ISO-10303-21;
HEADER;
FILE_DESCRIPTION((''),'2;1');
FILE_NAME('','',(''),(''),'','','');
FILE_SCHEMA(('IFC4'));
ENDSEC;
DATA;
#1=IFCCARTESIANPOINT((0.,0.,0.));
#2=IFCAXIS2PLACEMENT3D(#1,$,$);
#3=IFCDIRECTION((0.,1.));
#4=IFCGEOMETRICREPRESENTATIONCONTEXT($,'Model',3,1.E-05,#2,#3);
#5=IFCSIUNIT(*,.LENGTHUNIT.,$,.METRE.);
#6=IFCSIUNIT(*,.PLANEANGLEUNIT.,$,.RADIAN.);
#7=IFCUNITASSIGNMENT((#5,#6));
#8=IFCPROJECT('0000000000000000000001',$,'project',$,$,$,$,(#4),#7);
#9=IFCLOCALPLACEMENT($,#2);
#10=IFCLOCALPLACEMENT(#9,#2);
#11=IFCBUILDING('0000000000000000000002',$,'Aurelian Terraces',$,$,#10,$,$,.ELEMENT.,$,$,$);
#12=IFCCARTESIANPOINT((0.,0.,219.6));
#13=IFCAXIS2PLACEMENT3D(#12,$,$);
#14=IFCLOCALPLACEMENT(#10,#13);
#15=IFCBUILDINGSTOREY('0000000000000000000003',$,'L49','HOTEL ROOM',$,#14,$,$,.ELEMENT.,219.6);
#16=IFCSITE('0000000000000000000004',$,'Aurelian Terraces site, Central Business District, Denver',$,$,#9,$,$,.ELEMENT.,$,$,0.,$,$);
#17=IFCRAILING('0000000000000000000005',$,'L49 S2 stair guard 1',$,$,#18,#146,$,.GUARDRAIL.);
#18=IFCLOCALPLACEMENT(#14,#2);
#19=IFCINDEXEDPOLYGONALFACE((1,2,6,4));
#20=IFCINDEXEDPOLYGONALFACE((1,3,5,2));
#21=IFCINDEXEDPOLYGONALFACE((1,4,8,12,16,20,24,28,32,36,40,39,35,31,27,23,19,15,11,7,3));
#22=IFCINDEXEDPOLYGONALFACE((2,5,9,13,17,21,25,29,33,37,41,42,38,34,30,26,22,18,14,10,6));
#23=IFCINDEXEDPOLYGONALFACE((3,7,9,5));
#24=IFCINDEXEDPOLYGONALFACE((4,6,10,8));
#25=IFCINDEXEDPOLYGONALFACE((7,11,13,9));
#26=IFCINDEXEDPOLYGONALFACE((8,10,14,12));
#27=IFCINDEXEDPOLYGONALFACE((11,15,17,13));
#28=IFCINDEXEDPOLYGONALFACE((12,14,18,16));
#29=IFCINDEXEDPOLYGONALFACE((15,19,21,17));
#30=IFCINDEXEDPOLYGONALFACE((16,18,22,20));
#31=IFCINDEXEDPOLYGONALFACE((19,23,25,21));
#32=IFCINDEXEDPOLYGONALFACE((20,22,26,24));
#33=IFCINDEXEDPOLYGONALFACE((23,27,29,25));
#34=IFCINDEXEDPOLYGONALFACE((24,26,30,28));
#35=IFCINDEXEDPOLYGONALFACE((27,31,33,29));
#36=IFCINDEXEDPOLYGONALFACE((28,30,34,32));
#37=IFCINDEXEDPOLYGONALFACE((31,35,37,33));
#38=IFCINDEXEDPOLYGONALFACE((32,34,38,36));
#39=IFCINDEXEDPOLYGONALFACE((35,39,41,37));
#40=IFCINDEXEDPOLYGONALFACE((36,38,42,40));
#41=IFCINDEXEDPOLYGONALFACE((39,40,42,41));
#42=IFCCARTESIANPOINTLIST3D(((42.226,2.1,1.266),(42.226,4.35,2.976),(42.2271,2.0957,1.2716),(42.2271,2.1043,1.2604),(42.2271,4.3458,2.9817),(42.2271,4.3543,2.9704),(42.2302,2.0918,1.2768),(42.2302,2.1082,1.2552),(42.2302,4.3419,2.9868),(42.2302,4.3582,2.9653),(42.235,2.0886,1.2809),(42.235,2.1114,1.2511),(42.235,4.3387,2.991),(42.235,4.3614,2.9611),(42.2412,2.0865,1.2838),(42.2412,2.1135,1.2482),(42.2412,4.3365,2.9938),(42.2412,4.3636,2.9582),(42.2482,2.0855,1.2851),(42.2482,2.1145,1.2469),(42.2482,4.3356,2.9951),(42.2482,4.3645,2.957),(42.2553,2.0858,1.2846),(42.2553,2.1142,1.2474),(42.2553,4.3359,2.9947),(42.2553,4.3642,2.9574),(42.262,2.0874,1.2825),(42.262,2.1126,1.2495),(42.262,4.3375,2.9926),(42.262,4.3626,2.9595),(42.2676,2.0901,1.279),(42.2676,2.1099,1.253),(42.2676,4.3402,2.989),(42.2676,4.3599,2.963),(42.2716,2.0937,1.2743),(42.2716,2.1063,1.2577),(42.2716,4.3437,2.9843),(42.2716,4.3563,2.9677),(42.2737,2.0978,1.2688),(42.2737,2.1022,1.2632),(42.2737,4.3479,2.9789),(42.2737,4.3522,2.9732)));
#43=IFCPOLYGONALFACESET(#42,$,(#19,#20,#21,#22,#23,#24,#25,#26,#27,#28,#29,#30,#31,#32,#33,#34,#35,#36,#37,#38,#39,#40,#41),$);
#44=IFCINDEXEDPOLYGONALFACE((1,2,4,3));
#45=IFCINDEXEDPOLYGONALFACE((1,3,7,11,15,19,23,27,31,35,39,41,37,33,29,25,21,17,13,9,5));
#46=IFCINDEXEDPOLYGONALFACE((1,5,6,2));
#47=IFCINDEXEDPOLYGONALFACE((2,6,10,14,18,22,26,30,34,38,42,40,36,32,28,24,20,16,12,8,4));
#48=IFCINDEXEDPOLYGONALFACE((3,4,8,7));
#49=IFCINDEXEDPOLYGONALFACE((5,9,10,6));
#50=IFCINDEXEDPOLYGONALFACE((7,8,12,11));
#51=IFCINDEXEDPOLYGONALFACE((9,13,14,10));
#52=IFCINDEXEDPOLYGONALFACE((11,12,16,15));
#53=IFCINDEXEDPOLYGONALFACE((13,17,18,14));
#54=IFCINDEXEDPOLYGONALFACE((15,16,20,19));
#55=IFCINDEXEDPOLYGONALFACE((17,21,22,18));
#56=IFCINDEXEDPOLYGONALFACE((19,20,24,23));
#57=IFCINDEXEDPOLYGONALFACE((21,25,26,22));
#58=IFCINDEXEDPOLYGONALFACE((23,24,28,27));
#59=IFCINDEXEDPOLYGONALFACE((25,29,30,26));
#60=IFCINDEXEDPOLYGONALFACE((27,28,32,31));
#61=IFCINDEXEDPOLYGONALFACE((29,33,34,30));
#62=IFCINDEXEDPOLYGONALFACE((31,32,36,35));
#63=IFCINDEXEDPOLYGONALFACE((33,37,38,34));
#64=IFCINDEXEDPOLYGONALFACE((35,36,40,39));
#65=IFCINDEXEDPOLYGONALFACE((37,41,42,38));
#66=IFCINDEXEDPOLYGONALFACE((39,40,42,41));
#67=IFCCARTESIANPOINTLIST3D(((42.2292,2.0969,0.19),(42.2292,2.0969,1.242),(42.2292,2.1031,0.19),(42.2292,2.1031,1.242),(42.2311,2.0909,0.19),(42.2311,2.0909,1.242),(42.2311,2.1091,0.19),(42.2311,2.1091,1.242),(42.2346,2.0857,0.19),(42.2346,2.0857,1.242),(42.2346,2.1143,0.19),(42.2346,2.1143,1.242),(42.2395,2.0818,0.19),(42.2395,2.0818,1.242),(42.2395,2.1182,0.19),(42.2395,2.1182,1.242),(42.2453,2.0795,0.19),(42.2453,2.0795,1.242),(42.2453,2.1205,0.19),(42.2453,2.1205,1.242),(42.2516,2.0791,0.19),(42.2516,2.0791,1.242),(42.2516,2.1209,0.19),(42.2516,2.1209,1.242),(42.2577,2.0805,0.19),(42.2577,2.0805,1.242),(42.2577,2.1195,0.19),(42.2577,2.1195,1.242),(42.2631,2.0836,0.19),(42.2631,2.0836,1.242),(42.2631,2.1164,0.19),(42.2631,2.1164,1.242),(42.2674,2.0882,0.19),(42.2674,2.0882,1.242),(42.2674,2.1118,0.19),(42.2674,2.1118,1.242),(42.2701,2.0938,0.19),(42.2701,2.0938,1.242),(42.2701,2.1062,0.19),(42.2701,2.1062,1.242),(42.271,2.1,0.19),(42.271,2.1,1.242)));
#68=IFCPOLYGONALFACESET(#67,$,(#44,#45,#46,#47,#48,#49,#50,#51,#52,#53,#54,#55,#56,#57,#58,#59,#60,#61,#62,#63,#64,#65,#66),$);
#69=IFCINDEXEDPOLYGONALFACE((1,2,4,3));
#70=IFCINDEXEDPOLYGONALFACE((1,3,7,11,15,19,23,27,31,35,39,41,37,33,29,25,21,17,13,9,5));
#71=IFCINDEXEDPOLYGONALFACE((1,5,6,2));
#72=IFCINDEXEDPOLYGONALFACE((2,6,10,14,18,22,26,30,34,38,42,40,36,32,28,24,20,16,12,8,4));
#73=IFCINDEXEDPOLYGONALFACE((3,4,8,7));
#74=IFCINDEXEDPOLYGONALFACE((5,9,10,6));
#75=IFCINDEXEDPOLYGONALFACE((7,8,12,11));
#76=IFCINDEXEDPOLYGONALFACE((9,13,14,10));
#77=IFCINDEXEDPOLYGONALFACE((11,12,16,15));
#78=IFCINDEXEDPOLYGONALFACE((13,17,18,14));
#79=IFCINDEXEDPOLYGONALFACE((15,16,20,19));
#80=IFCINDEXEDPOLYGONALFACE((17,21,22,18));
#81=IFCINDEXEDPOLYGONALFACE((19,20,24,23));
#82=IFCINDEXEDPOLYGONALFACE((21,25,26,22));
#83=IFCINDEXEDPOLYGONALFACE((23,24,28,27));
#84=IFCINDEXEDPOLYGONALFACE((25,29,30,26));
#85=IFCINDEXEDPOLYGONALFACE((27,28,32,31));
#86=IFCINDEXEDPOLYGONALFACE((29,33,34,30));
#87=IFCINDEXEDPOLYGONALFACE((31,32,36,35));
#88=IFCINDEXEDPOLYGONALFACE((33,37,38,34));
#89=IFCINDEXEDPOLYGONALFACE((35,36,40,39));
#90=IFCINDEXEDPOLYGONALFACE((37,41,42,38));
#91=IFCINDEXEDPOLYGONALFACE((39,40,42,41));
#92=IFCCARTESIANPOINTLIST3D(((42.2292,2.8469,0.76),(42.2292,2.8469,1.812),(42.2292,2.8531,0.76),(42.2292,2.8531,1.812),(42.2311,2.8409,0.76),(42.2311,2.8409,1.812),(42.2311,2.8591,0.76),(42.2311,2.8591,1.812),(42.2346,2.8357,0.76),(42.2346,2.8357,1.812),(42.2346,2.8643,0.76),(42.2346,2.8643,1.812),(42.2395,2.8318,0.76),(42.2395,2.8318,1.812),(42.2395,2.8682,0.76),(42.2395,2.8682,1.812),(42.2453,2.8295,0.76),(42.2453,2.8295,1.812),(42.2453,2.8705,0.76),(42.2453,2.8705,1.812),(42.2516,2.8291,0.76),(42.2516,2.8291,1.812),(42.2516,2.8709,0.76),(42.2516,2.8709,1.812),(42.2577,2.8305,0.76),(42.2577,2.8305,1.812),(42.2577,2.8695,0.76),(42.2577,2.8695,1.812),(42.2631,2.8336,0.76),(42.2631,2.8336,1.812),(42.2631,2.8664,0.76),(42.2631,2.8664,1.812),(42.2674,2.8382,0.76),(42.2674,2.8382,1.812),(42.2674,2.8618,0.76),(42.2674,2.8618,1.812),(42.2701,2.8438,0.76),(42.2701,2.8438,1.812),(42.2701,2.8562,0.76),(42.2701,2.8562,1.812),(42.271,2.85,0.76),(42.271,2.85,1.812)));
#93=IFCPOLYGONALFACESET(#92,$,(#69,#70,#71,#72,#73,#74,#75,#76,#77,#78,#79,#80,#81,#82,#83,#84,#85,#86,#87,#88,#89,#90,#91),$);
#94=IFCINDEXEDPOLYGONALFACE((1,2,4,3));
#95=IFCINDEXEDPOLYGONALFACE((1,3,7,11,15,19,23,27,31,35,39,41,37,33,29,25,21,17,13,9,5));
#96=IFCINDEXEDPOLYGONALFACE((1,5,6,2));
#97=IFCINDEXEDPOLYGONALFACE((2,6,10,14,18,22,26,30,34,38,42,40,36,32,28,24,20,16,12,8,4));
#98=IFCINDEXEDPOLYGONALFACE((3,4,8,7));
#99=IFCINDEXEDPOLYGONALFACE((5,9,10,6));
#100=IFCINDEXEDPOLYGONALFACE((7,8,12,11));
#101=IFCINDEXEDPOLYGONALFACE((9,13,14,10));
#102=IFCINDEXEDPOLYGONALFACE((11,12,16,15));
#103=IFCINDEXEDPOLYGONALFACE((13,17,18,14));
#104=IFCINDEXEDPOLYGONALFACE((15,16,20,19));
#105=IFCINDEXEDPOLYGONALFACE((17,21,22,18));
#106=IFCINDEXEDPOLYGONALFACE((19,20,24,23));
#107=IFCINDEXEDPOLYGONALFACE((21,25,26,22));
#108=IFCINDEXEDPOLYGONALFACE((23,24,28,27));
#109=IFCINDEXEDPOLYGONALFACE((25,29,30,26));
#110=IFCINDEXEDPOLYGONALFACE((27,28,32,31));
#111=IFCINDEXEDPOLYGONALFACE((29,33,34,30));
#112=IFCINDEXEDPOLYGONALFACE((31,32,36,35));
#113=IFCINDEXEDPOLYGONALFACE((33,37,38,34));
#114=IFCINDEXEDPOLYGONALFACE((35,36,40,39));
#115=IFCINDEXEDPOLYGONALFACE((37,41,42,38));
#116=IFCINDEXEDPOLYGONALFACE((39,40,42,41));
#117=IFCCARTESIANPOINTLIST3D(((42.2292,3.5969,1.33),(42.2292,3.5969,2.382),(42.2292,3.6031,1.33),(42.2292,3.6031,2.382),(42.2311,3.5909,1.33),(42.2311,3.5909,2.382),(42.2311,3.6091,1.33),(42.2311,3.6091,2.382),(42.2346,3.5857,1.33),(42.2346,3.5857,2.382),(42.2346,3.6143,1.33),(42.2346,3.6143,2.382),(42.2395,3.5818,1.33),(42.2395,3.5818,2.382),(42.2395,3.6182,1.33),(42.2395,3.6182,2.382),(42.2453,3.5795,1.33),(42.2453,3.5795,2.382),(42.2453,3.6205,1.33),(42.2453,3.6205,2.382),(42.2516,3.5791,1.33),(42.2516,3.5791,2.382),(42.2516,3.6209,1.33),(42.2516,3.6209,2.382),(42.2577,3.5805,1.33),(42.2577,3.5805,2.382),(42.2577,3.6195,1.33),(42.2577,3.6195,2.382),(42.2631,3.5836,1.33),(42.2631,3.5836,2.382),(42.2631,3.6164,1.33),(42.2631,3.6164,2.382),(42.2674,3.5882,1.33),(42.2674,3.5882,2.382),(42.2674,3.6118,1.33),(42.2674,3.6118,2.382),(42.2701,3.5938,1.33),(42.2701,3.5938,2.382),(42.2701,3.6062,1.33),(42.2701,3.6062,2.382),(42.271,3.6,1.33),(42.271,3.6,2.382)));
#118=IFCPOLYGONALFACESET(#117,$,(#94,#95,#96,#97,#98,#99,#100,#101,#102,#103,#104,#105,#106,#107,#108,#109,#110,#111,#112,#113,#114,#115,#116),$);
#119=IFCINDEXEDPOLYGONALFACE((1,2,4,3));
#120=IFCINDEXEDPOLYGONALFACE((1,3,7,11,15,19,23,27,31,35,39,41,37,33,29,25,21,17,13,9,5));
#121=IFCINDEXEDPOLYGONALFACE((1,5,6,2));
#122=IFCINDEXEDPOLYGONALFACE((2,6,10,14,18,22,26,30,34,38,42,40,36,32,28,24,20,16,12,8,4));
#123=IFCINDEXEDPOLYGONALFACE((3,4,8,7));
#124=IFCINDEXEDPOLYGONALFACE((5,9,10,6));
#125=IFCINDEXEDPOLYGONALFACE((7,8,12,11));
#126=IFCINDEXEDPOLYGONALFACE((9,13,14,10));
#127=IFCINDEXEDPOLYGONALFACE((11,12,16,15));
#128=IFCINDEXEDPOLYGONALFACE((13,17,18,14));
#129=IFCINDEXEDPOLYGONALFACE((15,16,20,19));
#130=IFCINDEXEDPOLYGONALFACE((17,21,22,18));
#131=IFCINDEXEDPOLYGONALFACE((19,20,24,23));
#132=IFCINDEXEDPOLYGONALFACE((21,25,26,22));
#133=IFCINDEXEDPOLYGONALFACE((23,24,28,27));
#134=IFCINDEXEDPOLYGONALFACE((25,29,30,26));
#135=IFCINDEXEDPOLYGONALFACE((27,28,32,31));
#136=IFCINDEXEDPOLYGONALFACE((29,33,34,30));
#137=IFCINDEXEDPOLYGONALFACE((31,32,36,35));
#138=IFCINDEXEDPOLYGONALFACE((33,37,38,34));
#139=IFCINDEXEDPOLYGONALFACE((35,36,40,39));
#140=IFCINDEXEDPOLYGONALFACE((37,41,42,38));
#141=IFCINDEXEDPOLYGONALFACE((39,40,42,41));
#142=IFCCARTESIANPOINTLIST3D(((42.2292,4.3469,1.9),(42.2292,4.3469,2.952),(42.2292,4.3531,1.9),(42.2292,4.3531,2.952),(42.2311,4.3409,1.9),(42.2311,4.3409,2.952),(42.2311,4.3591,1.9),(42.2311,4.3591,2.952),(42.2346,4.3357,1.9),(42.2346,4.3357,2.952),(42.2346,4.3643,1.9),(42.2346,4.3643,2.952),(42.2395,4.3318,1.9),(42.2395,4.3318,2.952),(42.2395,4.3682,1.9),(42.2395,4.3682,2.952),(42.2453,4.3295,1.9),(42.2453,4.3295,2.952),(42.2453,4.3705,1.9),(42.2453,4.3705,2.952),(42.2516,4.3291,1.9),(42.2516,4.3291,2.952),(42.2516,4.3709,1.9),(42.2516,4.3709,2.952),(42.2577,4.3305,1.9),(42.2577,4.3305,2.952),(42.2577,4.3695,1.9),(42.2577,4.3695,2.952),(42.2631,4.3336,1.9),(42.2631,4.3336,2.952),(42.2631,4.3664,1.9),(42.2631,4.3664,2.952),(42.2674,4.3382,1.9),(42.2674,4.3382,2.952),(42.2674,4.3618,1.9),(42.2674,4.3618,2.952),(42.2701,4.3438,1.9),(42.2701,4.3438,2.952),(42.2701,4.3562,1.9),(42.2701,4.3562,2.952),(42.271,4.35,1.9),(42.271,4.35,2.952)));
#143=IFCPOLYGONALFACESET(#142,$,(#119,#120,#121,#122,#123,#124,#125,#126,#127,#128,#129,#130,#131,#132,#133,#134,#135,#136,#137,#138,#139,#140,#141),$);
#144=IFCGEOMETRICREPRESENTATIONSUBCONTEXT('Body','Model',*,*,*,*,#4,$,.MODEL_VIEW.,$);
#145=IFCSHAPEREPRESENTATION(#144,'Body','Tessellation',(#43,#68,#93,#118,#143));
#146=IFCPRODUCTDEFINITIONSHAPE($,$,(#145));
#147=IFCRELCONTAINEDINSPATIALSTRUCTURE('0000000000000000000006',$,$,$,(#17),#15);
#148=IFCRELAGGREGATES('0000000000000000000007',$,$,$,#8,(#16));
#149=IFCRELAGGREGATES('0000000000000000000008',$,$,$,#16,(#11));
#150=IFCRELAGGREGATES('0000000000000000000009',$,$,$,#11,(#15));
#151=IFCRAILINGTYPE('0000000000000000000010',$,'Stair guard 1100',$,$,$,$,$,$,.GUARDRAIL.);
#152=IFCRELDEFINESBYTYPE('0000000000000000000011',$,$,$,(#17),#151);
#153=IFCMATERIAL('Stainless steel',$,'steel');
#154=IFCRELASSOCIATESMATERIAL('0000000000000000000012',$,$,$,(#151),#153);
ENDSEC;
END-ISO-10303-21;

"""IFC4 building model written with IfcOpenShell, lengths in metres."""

from ifc_helpers import new_model, si_unit, direction, frame, origin, origin_2d, place, context, subcontext, project, spatial, circle, extrude, source, transform, mapped, material, type_object, element, save


model = new_model("IFC4")

# Units and contexts
model_context = context("Model", 3, precision=1e-05, world=origin(), true_north=direction((0.0, 1.0)))
body_context = subcontext(model_context, "Body", "Model", "MODEL_VIEW")
ifc_project = project(units=[si_unit("LENGTHUNIT", "METRE"), si_unit("PLANEANGLEUNIT", "RADIAN")], contexts=[model_context])

# Site, building, storey
site_placement = place(None, origin())
site = spatial("IfcSite", under=ifc_project, at=site_placement, Name="Aurelian Terraces site, Central Business District, Denver", CompositionType="ELEMENT", RefElevation=0.0)
building_placement = place(site_placement, origin())
building = spatial("IfcBuilding", under=site, at=building_placement, Name="Aurelian Terraces", CompositionType="ELEMENT")
storey_placement = place(building_placement, frame((0.0, 0.0, 219.6)))
storey = spatial("IfcBuildingStorey", under=building, at=storey_placement, Name="L49", Description="HOTEL ROOM", CompositionType="ELEMENT", Elevation=219.6)

# Railing
ifc_material_1 = material(Name="Stainless steel", Category="steel")
railing_type_1 = type_object("IfcRailingType", Name="Stair guard 1100", PredefinedType="GUARDRAIL", material=ifc_material_1)
shared_shape_1 = source(origin(), body_context, "Body", "SweptSolid", [
    extrude(circle(Radius=0.024, at=origin_2d()), frame((0.0, 0.0, 1.076), z_axis=(0.0, 0.796162, 0.605083), x_axis=(-1.0, 0.0, 0.0)), (0.0, 0.0, 1.0), 2.8261),
    extrude(circle(Radius=0.021, at=origin_2d()), origin(), (0.0, 0.0, 1.0), 1.052),
    extrude(circle(Radius=0.021, at=origin_2d()), frame((0.0, 0.75, 0.57)), (0.0, 0.0, 1.0), 1.052),
    extrude(circle(Radius=0.021, at=origin_2d()), frame((0.0, 1.5, 1.14)), (0.0, 0.0, 1.0), 1.052),
    extrude(circle(Radius=0.021, at=origin_2d()), frame((0.0, 2.25, 1.71)), (0.0, 0.0, 1.0), 1.052),
])
railing_1_placement = place(storey_placement, frame((42.25, 2.1, 0.19)))
element("IfcRailing", 1, at=railing_1_placement, inside=storey, type_object=railing_type_1, Name="L49 S2 stair guard 1", PredefinedType="GUARDRAIL", context=body_context, shape_type="MappedRepresentation", body=[
    mapped(shared_shape_1, transform((0.0, 0.0, 0.0), scale=1.0)),
])

save(model, "model.ifc")
